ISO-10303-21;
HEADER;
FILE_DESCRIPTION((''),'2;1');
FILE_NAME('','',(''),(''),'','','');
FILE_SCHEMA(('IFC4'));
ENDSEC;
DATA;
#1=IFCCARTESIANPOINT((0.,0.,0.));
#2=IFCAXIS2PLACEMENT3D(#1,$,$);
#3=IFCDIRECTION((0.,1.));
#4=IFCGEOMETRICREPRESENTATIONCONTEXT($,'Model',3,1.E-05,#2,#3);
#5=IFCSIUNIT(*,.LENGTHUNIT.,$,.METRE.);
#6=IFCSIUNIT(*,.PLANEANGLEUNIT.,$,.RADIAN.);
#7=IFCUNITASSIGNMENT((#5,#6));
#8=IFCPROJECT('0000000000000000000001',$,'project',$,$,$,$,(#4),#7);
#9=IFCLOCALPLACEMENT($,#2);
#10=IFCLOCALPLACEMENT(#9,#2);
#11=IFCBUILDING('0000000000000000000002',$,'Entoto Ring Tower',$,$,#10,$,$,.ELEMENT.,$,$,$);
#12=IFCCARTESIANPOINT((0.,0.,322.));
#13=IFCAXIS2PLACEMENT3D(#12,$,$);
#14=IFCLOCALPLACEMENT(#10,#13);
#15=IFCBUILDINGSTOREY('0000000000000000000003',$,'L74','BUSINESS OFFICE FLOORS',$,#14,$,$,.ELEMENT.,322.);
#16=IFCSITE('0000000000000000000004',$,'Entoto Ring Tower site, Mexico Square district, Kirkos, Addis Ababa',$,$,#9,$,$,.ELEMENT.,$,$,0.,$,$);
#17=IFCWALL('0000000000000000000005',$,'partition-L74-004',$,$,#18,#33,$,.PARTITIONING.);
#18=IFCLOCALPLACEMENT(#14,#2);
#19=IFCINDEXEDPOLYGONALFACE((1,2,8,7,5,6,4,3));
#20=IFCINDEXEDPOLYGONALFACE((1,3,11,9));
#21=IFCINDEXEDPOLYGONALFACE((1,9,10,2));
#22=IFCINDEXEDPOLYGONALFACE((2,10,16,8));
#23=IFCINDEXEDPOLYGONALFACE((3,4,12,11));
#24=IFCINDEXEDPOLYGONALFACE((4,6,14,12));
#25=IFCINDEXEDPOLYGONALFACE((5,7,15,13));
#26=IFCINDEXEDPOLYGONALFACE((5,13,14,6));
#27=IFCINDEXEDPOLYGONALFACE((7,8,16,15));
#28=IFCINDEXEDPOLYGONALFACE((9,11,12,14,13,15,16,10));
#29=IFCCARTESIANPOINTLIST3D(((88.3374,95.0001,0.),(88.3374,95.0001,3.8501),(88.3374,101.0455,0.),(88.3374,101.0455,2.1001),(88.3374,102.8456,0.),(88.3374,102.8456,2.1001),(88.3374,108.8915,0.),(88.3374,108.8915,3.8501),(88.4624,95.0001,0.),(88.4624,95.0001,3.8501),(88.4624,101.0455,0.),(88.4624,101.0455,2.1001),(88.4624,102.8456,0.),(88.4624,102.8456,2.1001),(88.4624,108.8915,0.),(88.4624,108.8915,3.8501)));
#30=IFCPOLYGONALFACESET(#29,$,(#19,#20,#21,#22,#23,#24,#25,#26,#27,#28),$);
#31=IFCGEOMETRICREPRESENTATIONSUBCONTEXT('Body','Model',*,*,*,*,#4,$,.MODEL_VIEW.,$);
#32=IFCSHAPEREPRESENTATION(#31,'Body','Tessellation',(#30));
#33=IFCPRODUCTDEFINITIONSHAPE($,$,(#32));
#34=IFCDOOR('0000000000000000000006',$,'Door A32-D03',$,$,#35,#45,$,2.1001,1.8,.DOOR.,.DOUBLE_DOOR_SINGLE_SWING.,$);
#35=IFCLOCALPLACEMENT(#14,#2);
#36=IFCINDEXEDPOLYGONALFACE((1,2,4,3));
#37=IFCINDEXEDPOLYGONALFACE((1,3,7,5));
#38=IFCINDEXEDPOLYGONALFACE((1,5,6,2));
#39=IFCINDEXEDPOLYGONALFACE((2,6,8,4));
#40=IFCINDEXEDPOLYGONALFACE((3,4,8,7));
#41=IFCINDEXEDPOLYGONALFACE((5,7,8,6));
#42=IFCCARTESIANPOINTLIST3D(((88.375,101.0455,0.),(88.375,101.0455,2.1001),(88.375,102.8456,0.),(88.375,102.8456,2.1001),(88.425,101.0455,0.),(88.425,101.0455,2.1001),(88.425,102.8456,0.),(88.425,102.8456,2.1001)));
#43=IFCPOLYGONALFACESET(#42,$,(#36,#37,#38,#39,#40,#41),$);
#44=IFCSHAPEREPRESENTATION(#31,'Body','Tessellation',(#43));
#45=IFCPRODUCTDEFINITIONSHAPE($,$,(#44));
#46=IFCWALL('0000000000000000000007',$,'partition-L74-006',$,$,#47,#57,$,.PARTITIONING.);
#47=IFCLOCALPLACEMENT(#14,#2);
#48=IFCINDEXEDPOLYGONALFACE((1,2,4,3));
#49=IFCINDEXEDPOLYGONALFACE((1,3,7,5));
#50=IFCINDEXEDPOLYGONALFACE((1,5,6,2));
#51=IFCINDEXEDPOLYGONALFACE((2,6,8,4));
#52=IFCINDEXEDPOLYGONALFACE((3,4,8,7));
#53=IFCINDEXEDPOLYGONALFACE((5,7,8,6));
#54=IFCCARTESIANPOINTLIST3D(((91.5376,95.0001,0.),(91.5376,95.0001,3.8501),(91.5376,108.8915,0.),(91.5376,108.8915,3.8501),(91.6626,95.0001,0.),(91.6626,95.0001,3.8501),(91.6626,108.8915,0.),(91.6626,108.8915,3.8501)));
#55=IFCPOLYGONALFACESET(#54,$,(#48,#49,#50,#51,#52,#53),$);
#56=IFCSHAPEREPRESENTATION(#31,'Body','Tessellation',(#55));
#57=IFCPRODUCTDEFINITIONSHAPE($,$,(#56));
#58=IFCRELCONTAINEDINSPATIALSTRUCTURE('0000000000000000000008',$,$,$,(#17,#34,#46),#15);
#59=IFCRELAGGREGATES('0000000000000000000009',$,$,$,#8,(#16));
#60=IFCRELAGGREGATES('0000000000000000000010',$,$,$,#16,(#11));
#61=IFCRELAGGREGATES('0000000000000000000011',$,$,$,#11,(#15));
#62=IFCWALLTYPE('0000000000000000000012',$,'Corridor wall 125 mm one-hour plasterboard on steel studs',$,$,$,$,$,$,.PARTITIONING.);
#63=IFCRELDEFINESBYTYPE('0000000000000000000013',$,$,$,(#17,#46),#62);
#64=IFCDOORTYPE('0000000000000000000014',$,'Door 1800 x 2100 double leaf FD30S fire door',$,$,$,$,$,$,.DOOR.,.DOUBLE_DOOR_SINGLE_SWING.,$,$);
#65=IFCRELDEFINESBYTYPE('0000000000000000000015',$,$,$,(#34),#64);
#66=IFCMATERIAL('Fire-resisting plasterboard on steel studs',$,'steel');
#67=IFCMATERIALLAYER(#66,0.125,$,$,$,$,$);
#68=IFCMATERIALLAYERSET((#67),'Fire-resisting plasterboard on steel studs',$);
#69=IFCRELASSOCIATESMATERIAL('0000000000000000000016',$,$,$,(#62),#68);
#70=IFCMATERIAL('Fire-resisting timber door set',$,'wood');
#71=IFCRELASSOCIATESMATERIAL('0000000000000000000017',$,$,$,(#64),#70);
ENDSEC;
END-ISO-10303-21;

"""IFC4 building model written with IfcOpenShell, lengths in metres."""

from ifc_helpers import new_model, si_unit, direction, frame, frame_2d, origin, place, context, subcontext, project, spatial, rectangle, extrude, material, layer, layer_set, type_object, element, fill, save


model = new_model("IFC4")

# Units and contexts
model_context = context("Model", 3, precision=1e-05, world=origin(), true_north=direction((0.0, 1.0)))
body_context = subcontext(model_context, "Body", "Model", "MODEL_VIEW")
ifc_project = project(units=[si_unit("LENGTHUNIT", "METRE"), si_unit("PLANEANGLEUNIT", "RADIAN")], contexts=[model_context])

# Site, building, storey
site_placement = place(None, origin())
site = spatial("IfcSite", under=ifc_project, at=site_placement, Name="Entoto Ring Tower site, Mexico Square district, Kirkos, Addis Ababa", CompositionType="ELEMENT", RefElevation=0.0)
building_placement = place(site_placement, origin())
building = spatial("IfcBuilding", under=site, at=building_placement, Name="Entoto Ring Tower", CompositionType="ELEMENT")
storey_placement = place(building_placement, frame((0.0, 0.0, 322.0)))
storey = spatial("IfcBuildingStorey", under=building, at=storey_placement, Name="L74", Description="BUSINESS OFFICE FLOORS", CompositionType="ELEMENT", Elevation=322.0)

# Wall, opening, door
ifc_material_1 = material(Name="Fire-resisting plasterboard on steel studs", Category="steel")
ifc_layer_1 = layer(ifc_material_1, 0.125)
ifc_layer_set_1 = layer_set([ifc_layer_1], Name="Fire-resisting plasterboard on steel studs")
wall_type_1 = type_object("IfcWallType", Name="Corridor wall 125 mm one-hour plasterboard on steel studs", PredefinedType="PARTITIONING", material=ifc_layer_set_1)
wall_1_placement = place(storey_placement, frame((88.3999, 95.0, 0.0), z_axis=(0.0, 0.0, 1.0), x_axis=(0.0, 1.0, 0.0)))
wall_1 = element("IfcWall", 1, at=wall_1_placement, inside=storey, type_object=wall_type_1, Name="partition-L74-004", PredefinedType="PARTITIONING", context=body_context, shape_type="SweptSolid", body=[
    extrude(rectangle(XDim=13.8914, YDim=0.125, at=frame_2d((6.9458, 0.0))), origin(), (0.0, 0.0, 1.0), 3.8501),
])
opening_1_placement = place(wall_1_placement, frame((6.0457, 0.0, 0.0)))
opening_1 = element("IfcOpeningElement", 2, at=opening_1_placement, cuts=wall_1, PredefinedType="OPENING", context=body_context, shape_type="SweptSolid", body=[
    extrude(rectangle(XDim=1.8, YDim=2.1001, at=frame_2d((0.8999, 1.05))), frame((0.0, 0.0725, 0.0), z_axis=(0.0, -1.0, 0.0), x_axis=(1.0, 0.0, 0.0)), (0.0, 0.0, 1.0), 0.145),
])
ifc_material_2 = material(Name="Fire-resisting timber door set", Category="wood")
door_type_1 = type_object("IfcDoorType", Name="Door 1800 x 2100 double leaf FD30S fire door", OperationType="DOUBLE_DOOR_SINGLE_SWING", PredefinedType="DOOR", material=ifc_material_2)
door_1_placement = place(opening_1_placement, origin())
door_1 = element("IfcDoor", 3, at=door_1_placement, inside=storey, type_object=door_type_1, Name="Door A32-D03", OperationType="DOUBLE_DOOR_SINGLE_SWING", OverallHeight=2.1001, OverallWidth=1.8, PredefinedType="DOOR", context=body_context, shape_type="SweptSolid", body=[
    extrude(rectangle(XDim=1.8, YDim=2.1001, at=frame_2d((0.8999, 1.05))), frame((0.0, 0.0249, 0.0), z_axis=(0.0, -1.0, 0.0), x_axis=(1.0, 0.0, 0.0)), (0.0, 0.0, 1.0), 0.05),
])
fill(opening_1, door_1)

# Wall
wall_2_placement = place(storey_placement, frame((91.6001, 95.0, 0.0), z_axis=(0.0, 0.0, 1.0), x_axis=(0.0, 1.0, 0.0)))
element("IfcWall", 4, at=wall_2_placement, inside=storey, type_object=wall_type_1, Name="partition-L74-006", PredefinedType="PARTITIONING", context=body_context, shape_type="SweptSolid", body=[
    extrude(rectangle(XDim=13.8914, YDim=0.125, at=frame_2d((6.9458, 0.0))), origin(), (0.0, 0.0, 1.0), 3.8501),
])

save(model, "model.ifc")
